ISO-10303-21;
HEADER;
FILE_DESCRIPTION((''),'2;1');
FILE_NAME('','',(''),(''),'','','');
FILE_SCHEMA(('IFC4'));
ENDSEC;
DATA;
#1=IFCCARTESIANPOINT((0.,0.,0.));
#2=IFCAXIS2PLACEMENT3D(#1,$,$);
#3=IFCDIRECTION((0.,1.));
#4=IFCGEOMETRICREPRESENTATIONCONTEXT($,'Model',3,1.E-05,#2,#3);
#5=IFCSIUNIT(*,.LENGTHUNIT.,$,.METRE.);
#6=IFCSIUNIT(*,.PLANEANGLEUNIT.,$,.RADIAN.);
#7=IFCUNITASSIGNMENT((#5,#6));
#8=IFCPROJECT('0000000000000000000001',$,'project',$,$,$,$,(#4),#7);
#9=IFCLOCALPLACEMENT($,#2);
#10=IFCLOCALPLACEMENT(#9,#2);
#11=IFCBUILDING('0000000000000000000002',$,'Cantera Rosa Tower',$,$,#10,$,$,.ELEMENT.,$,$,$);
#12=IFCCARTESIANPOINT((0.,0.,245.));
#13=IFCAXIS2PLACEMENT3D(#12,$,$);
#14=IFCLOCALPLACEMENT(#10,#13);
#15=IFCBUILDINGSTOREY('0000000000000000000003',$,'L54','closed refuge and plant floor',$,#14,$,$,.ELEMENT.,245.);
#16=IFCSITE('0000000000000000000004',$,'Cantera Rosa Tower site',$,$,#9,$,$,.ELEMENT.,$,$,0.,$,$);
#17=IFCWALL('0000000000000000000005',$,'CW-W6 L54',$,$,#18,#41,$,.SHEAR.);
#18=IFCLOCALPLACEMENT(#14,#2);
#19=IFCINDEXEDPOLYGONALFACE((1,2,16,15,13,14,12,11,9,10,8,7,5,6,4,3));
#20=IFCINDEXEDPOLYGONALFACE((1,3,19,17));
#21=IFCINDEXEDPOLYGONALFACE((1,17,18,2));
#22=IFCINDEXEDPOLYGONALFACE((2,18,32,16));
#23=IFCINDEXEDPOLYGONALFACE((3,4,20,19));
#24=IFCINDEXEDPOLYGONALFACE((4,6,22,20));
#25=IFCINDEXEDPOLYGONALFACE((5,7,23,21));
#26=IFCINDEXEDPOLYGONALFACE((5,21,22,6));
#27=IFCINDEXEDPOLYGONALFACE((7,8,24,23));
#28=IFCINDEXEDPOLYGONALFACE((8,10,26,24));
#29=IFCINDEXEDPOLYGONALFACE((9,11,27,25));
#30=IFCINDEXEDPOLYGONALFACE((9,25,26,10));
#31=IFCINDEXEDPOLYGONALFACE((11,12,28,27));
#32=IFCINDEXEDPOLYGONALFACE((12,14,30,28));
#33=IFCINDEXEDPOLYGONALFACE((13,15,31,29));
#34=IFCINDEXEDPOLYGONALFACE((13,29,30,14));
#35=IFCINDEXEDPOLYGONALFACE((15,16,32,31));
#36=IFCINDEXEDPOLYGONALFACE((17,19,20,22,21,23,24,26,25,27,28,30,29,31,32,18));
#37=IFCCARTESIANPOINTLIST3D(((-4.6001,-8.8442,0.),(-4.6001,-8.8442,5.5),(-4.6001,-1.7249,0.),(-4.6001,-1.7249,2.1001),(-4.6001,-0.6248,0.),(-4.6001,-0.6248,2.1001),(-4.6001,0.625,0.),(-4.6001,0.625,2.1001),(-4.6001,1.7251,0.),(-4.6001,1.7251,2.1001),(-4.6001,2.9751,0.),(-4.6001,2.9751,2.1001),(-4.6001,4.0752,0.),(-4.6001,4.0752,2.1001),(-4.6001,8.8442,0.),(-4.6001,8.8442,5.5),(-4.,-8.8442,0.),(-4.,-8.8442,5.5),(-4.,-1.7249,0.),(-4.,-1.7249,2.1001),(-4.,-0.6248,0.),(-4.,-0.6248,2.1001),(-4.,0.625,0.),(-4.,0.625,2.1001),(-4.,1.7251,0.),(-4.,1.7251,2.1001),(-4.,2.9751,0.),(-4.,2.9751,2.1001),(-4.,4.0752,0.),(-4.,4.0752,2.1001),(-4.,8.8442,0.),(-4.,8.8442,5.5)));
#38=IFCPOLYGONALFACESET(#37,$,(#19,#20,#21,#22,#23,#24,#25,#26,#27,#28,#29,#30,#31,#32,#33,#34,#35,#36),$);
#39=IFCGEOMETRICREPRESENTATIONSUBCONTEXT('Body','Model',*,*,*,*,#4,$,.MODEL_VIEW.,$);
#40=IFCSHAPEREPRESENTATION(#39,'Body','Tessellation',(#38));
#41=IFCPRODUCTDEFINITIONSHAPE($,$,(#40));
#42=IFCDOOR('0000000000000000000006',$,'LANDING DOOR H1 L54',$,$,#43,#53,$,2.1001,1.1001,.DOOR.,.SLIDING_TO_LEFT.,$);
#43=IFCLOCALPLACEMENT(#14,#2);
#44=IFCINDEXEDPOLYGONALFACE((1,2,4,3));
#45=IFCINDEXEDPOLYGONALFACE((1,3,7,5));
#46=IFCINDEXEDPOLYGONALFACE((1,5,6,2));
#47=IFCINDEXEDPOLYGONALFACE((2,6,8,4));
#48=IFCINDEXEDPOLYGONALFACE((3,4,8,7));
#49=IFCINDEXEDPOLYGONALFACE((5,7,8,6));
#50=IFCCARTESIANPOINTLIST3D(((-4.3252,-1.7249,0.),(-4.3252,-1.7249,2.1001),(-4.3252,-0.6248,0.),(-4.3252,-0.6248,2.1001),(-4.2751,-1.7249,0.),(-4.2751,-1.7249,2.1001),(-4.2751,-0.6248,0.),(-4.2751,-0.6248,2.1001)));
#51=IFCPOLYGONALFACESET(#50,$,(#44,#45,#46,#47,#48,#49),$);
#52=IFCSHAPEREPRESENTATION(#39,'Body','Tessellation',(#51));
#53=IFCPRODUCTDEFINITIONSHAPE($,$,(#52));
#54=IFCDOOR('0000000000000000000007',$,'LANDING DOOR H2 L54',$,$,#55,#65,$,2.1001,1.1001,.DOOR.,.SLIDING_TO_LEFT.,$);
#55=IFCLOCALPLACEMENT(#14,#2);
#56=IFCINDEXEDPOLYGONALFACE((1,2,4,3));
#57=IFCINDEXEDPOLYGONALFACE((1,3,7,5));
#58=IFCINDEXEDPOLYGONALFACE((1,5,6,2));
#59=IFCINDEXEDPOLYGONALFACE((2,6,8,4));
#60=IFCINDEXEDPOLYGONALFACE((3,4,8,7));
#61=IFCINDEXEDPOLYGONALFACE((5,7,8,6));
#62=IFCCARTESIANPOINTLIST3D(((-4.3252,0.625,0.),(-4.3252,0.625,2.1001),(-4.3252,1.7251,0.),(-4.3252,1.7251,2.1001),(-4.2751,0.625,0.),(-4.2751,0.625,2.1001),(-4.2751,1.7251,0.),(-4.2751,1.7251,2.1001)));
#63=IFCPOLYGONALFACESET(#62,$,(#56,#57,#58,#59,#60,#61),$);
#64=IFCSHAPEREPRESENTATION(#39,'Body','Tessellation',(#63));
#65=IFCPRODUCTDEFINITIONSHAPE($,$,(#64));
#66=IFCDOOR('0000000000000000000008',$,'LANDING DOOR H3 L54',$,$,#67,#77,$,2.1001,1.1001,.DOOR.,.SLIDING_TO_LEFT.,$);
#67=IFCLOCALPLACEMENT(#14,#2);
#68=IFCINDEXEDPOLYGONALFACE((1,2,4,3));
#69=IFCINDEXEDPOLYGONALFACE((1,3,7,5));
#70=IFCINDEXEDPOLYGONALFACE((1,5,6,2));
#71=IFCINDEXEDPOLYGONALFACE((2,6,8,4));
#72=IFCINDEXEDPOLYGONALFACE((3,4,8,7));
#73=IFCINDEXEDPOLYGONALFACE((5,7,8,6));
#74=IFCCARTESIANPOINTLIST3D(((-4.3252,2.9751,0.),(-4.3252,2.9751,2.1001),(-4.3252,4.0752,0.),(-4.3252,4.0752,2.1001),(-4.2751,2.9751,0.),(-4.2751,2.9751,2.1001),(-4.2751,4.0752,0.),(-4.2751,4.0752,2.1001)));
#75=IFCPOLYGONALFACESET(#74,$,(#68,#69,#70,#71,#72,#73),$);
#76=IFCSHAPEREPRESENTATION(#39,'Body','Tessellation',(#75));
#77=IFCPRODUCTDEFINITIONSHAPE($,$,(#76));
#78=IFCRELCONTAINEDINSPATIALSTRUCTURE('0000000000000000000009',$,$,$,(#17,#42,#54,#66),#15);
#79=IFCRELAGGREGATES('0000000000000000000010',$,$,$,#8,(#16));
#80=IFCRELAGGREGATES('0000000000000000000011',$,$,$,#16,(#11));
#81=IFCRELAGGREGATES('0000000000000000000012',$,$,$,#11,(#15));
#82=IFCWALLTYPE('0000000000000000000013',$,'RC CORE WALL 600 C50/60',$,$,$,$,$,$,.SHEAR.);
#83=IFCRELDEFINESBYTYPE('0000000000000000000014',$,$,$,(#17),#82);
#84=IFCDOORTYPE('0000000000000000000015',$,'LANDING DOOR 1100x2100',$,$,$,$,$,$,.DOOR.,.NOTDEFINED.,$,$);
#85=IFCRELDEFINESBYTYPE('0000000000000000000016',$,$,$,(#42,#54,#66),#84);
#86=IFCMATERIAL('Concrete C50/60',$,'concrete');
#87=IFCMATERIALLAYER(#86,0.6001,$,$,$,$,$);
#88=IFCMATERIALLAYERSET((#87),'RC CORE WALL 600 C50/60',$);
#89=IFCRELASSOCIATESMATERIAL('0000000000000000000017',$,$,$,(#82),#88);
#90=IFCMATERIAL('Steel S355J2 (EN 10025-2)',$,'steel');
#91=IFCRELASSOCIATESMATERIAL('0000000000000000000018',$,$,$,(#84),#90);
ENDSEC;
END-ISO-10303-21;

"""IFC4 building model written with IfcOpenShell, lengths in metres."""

from ifc_helpers import new_model, si_unit, direction, frame, frame_2d, origin, place, context, subcontext, project, spatial, rectangle, extrude, material, layer, layer_set, type_object, element, fill, save


model = new_model("IFC4")

# Units and contexts
model_context = context("Model", 3, precision=1e-05, world=origin(), true_north=direction((0.0, 1.0)))
body_context = subcontext(model_context, "Body", "Model", "MODEL_VIEW")
ifc_project = project(units=[si_unit("LENGTHUNIT", "METRE"), si_unit("PLANEANGLEUNIT", "RADIAN")], contexts=[model_context])

# Site, building, storey
site_placement = place(None, origin())
site = spatial("IfcSite", under=ifc_project, at=site_placement, Name="Cantera Rosa Tower site", CompositionType="ELEMENT", RefElevation=0.0)
building_placement = place(site_placement, origin())
building = spatial("IfcBuilding", under=site, at=building_placement, Name="Cantera Rosa Tower", CompositionType="ELEMENT")
storey_placement = place(building_placement, frame((0.0, 0.0, 245.0)))
storey = spatial("IfcBuildingStorey", under=building, at=storey_placement, Name="L54", Description="closed refuge and plant floor", CompositionType="ELEMENT", Elevation=245.0)

# Shared definitions
ifc_material_1 = material(Name="Concrete C50/60", Category="concrete")
ifc_layer_1 = layer(ifc_material_1, 0.6001)
ifc_layer_set_1 = layer_set([ifc_layer_1], Name="RC CORE WALL 600 C50/60")
wall_type_1 = type_object("IfcWallType", Name="RC CORE WALL 600 C50/60", PredefinedType="SHEAR", material=ifc_layer_set_1)

# Wall, openings, doors
wall_1_placement = place(storey_placement, frame((-4.3, 8.8442, 0.0), z_axis=(0.0, 0.0, 1.0), x_axis=(0.0, -1.0, 0.0)))
wall_1 = element("IfcWall", 1, at=wall_1_placement, inside=storey, type_object=wall_type_1, Name="CW-W6 L54", PredefinedType="SHEAR", context=body_context, shape_type="SweptSolid", body=[
    extrude(rectangle(XDim=17.6885, YDim=0.6001, at=frame_2d((8.8442, 0.0))), origin(), (0.0, 0.0, 1.0), 5.5),
])
opening_1_placement = place(wall_1_placement, frame((9.469, 0.0, 0.0)))
opening_1 = element("IfcOpeningElement", 2, at=opening_1_placement, cuts=wall_1, PredefinedType="OPENING", context=body_context, shape_type="SweptSolid", body=[
    extrude(rectangle(XDim=1.1001, YDim=2.1001, at=frame_2d((0.55, 1.05))), frame((0.0, 0.3101, 0.0), z_axis=(0.0, -1.0, 0.0), x_axis=(1.0, 0.0, 0.0)), (0.0, 0.0, 1.0), 0.6201),
])
opening_2_placement = place(wall_1_placement, frame((7.1191, 0.0, 0.0)))
opening_2 = element("IfcOpeningElement", 3, at=opening_2_placement, cuts=wall_1, PredefinedType="OPENING", context=body_context, shape_type="SweptSolid", body=[
    extrude(rectangle(XDim=1.1001, YDim=2.1001, at=frame_2d((0.55, 1.05))), frame((0.0, 0.3101, 0.0), z_axis=(0.0, -1.0, 0.0), x_axis=(1.0, 0.0, 0.0)), (0.0, 0.0, 1.0), 0.6201),
])
opening_3_placement = place(wall_1_placement, frame((4.769, 0.0, 0.0)))
opening_3 = element("IfcOpeningElement", 4, at=opening_3_placement, cuts=wall_1, PredefinedType="OPENING", context=body_context, shape_type="SweptSolid", body=[
    extrude(rectangle(XDim=1.1001, YDim=2.1001, at=frame_2d((0.55, 1.05))), frame((0.0, 0.3101, 0.0), z_axis=(0.0, -1.0, 0.0), x_axis=(1.0, 0.0, 0.0)), (0.0, 0.0, 1.0), 0.6201),
])
ifc_material_2 = material(Name="Steel S355J2 (EN 10025-2)", Category="steel")
door_type_1 = type_object("IfcDoorType", Name="LANDING DOOR 1100x2100", OperationType="NOTDEFINED", PredefinedType="DOOR", material=ifc_material_2)
door_1_placement = place(opening_1_placement, origin())
door_1 = element("IfcDoor", 5, at=door_1_placement, inside=storey, type_object=door_type_1, Name="LANDING DOOR H1 L54", OperationType="SLIDING_TO_LEFT", OverallHeight=2.1001, OverallWidth=1.1001, PredefinedType="DOOR", context=body_context, shape_type="SweptSolid", body=[
    extrude(rectangle(XDim=1.1001, YDim=2.1001, at=frame_2d((0.55, 1.05))), frame((0.0, 0.0249, 0.0), z_axis=(0.0, -1.0, 0.0), x_axis=(1.0, 0.0, 0.0)), (0.0, 0.0, 1.0), 0.05),
])
fill(opening_1, door_1)
door_2_placement = place(opening_2_placement, origin())
door_2 = element("IfcDoor", 6, at=door_2_placement, inside=storey, type_object=door_type_1, Name="LANDING DOOR H2 L54", OperationType="SLIDING_TO_LEFT", OverallHeight=2.1001, OverallWidth=1.1001, PredefinedType="DOOR", context=body_context, shape_type="SweptSolid", body=[
    extrude(rectangle(XDim=1.1001, YDim=2.1001, at=frame_2d((0.55, 1.05))), frame((0.0, 0.0249, 0.0), z_axis=(0.0, -1.0, 0.0), x_axis=(1.0, 0.0, 0.0)), (0.0, 0.0, 1.0), 0.05),
])
fill(opening_2, door_2)
door_3_placement = place(opening_3_placement, origin())
door_3 = element("IfcDoor", 7, at=door_3_placement, inside=storey, type_object=door_type_1, Name="LANDING DOOR H3 L54", OperationType="SLIDING_TO_LEFT", OverallHeight=2.1001, OverallWidth=1.1001, PredefinedType="DOOR", context=body_context, shape_type="SweptSolid", body=[
    extrude(rectangle(XDim=1.1001, YDim=2.1001, at=frame_2d((0.55, 1.05))), frame((0.0, 0.0249, 0.0), z_axis=(0.0, -1.0, 0.0), x_axis=(1.0, 0.0, 0.0)), (0.0, 0.0, 1.0), 0.05),
])
fill(opening_3, door_3)

save(model, "model.ifc")
